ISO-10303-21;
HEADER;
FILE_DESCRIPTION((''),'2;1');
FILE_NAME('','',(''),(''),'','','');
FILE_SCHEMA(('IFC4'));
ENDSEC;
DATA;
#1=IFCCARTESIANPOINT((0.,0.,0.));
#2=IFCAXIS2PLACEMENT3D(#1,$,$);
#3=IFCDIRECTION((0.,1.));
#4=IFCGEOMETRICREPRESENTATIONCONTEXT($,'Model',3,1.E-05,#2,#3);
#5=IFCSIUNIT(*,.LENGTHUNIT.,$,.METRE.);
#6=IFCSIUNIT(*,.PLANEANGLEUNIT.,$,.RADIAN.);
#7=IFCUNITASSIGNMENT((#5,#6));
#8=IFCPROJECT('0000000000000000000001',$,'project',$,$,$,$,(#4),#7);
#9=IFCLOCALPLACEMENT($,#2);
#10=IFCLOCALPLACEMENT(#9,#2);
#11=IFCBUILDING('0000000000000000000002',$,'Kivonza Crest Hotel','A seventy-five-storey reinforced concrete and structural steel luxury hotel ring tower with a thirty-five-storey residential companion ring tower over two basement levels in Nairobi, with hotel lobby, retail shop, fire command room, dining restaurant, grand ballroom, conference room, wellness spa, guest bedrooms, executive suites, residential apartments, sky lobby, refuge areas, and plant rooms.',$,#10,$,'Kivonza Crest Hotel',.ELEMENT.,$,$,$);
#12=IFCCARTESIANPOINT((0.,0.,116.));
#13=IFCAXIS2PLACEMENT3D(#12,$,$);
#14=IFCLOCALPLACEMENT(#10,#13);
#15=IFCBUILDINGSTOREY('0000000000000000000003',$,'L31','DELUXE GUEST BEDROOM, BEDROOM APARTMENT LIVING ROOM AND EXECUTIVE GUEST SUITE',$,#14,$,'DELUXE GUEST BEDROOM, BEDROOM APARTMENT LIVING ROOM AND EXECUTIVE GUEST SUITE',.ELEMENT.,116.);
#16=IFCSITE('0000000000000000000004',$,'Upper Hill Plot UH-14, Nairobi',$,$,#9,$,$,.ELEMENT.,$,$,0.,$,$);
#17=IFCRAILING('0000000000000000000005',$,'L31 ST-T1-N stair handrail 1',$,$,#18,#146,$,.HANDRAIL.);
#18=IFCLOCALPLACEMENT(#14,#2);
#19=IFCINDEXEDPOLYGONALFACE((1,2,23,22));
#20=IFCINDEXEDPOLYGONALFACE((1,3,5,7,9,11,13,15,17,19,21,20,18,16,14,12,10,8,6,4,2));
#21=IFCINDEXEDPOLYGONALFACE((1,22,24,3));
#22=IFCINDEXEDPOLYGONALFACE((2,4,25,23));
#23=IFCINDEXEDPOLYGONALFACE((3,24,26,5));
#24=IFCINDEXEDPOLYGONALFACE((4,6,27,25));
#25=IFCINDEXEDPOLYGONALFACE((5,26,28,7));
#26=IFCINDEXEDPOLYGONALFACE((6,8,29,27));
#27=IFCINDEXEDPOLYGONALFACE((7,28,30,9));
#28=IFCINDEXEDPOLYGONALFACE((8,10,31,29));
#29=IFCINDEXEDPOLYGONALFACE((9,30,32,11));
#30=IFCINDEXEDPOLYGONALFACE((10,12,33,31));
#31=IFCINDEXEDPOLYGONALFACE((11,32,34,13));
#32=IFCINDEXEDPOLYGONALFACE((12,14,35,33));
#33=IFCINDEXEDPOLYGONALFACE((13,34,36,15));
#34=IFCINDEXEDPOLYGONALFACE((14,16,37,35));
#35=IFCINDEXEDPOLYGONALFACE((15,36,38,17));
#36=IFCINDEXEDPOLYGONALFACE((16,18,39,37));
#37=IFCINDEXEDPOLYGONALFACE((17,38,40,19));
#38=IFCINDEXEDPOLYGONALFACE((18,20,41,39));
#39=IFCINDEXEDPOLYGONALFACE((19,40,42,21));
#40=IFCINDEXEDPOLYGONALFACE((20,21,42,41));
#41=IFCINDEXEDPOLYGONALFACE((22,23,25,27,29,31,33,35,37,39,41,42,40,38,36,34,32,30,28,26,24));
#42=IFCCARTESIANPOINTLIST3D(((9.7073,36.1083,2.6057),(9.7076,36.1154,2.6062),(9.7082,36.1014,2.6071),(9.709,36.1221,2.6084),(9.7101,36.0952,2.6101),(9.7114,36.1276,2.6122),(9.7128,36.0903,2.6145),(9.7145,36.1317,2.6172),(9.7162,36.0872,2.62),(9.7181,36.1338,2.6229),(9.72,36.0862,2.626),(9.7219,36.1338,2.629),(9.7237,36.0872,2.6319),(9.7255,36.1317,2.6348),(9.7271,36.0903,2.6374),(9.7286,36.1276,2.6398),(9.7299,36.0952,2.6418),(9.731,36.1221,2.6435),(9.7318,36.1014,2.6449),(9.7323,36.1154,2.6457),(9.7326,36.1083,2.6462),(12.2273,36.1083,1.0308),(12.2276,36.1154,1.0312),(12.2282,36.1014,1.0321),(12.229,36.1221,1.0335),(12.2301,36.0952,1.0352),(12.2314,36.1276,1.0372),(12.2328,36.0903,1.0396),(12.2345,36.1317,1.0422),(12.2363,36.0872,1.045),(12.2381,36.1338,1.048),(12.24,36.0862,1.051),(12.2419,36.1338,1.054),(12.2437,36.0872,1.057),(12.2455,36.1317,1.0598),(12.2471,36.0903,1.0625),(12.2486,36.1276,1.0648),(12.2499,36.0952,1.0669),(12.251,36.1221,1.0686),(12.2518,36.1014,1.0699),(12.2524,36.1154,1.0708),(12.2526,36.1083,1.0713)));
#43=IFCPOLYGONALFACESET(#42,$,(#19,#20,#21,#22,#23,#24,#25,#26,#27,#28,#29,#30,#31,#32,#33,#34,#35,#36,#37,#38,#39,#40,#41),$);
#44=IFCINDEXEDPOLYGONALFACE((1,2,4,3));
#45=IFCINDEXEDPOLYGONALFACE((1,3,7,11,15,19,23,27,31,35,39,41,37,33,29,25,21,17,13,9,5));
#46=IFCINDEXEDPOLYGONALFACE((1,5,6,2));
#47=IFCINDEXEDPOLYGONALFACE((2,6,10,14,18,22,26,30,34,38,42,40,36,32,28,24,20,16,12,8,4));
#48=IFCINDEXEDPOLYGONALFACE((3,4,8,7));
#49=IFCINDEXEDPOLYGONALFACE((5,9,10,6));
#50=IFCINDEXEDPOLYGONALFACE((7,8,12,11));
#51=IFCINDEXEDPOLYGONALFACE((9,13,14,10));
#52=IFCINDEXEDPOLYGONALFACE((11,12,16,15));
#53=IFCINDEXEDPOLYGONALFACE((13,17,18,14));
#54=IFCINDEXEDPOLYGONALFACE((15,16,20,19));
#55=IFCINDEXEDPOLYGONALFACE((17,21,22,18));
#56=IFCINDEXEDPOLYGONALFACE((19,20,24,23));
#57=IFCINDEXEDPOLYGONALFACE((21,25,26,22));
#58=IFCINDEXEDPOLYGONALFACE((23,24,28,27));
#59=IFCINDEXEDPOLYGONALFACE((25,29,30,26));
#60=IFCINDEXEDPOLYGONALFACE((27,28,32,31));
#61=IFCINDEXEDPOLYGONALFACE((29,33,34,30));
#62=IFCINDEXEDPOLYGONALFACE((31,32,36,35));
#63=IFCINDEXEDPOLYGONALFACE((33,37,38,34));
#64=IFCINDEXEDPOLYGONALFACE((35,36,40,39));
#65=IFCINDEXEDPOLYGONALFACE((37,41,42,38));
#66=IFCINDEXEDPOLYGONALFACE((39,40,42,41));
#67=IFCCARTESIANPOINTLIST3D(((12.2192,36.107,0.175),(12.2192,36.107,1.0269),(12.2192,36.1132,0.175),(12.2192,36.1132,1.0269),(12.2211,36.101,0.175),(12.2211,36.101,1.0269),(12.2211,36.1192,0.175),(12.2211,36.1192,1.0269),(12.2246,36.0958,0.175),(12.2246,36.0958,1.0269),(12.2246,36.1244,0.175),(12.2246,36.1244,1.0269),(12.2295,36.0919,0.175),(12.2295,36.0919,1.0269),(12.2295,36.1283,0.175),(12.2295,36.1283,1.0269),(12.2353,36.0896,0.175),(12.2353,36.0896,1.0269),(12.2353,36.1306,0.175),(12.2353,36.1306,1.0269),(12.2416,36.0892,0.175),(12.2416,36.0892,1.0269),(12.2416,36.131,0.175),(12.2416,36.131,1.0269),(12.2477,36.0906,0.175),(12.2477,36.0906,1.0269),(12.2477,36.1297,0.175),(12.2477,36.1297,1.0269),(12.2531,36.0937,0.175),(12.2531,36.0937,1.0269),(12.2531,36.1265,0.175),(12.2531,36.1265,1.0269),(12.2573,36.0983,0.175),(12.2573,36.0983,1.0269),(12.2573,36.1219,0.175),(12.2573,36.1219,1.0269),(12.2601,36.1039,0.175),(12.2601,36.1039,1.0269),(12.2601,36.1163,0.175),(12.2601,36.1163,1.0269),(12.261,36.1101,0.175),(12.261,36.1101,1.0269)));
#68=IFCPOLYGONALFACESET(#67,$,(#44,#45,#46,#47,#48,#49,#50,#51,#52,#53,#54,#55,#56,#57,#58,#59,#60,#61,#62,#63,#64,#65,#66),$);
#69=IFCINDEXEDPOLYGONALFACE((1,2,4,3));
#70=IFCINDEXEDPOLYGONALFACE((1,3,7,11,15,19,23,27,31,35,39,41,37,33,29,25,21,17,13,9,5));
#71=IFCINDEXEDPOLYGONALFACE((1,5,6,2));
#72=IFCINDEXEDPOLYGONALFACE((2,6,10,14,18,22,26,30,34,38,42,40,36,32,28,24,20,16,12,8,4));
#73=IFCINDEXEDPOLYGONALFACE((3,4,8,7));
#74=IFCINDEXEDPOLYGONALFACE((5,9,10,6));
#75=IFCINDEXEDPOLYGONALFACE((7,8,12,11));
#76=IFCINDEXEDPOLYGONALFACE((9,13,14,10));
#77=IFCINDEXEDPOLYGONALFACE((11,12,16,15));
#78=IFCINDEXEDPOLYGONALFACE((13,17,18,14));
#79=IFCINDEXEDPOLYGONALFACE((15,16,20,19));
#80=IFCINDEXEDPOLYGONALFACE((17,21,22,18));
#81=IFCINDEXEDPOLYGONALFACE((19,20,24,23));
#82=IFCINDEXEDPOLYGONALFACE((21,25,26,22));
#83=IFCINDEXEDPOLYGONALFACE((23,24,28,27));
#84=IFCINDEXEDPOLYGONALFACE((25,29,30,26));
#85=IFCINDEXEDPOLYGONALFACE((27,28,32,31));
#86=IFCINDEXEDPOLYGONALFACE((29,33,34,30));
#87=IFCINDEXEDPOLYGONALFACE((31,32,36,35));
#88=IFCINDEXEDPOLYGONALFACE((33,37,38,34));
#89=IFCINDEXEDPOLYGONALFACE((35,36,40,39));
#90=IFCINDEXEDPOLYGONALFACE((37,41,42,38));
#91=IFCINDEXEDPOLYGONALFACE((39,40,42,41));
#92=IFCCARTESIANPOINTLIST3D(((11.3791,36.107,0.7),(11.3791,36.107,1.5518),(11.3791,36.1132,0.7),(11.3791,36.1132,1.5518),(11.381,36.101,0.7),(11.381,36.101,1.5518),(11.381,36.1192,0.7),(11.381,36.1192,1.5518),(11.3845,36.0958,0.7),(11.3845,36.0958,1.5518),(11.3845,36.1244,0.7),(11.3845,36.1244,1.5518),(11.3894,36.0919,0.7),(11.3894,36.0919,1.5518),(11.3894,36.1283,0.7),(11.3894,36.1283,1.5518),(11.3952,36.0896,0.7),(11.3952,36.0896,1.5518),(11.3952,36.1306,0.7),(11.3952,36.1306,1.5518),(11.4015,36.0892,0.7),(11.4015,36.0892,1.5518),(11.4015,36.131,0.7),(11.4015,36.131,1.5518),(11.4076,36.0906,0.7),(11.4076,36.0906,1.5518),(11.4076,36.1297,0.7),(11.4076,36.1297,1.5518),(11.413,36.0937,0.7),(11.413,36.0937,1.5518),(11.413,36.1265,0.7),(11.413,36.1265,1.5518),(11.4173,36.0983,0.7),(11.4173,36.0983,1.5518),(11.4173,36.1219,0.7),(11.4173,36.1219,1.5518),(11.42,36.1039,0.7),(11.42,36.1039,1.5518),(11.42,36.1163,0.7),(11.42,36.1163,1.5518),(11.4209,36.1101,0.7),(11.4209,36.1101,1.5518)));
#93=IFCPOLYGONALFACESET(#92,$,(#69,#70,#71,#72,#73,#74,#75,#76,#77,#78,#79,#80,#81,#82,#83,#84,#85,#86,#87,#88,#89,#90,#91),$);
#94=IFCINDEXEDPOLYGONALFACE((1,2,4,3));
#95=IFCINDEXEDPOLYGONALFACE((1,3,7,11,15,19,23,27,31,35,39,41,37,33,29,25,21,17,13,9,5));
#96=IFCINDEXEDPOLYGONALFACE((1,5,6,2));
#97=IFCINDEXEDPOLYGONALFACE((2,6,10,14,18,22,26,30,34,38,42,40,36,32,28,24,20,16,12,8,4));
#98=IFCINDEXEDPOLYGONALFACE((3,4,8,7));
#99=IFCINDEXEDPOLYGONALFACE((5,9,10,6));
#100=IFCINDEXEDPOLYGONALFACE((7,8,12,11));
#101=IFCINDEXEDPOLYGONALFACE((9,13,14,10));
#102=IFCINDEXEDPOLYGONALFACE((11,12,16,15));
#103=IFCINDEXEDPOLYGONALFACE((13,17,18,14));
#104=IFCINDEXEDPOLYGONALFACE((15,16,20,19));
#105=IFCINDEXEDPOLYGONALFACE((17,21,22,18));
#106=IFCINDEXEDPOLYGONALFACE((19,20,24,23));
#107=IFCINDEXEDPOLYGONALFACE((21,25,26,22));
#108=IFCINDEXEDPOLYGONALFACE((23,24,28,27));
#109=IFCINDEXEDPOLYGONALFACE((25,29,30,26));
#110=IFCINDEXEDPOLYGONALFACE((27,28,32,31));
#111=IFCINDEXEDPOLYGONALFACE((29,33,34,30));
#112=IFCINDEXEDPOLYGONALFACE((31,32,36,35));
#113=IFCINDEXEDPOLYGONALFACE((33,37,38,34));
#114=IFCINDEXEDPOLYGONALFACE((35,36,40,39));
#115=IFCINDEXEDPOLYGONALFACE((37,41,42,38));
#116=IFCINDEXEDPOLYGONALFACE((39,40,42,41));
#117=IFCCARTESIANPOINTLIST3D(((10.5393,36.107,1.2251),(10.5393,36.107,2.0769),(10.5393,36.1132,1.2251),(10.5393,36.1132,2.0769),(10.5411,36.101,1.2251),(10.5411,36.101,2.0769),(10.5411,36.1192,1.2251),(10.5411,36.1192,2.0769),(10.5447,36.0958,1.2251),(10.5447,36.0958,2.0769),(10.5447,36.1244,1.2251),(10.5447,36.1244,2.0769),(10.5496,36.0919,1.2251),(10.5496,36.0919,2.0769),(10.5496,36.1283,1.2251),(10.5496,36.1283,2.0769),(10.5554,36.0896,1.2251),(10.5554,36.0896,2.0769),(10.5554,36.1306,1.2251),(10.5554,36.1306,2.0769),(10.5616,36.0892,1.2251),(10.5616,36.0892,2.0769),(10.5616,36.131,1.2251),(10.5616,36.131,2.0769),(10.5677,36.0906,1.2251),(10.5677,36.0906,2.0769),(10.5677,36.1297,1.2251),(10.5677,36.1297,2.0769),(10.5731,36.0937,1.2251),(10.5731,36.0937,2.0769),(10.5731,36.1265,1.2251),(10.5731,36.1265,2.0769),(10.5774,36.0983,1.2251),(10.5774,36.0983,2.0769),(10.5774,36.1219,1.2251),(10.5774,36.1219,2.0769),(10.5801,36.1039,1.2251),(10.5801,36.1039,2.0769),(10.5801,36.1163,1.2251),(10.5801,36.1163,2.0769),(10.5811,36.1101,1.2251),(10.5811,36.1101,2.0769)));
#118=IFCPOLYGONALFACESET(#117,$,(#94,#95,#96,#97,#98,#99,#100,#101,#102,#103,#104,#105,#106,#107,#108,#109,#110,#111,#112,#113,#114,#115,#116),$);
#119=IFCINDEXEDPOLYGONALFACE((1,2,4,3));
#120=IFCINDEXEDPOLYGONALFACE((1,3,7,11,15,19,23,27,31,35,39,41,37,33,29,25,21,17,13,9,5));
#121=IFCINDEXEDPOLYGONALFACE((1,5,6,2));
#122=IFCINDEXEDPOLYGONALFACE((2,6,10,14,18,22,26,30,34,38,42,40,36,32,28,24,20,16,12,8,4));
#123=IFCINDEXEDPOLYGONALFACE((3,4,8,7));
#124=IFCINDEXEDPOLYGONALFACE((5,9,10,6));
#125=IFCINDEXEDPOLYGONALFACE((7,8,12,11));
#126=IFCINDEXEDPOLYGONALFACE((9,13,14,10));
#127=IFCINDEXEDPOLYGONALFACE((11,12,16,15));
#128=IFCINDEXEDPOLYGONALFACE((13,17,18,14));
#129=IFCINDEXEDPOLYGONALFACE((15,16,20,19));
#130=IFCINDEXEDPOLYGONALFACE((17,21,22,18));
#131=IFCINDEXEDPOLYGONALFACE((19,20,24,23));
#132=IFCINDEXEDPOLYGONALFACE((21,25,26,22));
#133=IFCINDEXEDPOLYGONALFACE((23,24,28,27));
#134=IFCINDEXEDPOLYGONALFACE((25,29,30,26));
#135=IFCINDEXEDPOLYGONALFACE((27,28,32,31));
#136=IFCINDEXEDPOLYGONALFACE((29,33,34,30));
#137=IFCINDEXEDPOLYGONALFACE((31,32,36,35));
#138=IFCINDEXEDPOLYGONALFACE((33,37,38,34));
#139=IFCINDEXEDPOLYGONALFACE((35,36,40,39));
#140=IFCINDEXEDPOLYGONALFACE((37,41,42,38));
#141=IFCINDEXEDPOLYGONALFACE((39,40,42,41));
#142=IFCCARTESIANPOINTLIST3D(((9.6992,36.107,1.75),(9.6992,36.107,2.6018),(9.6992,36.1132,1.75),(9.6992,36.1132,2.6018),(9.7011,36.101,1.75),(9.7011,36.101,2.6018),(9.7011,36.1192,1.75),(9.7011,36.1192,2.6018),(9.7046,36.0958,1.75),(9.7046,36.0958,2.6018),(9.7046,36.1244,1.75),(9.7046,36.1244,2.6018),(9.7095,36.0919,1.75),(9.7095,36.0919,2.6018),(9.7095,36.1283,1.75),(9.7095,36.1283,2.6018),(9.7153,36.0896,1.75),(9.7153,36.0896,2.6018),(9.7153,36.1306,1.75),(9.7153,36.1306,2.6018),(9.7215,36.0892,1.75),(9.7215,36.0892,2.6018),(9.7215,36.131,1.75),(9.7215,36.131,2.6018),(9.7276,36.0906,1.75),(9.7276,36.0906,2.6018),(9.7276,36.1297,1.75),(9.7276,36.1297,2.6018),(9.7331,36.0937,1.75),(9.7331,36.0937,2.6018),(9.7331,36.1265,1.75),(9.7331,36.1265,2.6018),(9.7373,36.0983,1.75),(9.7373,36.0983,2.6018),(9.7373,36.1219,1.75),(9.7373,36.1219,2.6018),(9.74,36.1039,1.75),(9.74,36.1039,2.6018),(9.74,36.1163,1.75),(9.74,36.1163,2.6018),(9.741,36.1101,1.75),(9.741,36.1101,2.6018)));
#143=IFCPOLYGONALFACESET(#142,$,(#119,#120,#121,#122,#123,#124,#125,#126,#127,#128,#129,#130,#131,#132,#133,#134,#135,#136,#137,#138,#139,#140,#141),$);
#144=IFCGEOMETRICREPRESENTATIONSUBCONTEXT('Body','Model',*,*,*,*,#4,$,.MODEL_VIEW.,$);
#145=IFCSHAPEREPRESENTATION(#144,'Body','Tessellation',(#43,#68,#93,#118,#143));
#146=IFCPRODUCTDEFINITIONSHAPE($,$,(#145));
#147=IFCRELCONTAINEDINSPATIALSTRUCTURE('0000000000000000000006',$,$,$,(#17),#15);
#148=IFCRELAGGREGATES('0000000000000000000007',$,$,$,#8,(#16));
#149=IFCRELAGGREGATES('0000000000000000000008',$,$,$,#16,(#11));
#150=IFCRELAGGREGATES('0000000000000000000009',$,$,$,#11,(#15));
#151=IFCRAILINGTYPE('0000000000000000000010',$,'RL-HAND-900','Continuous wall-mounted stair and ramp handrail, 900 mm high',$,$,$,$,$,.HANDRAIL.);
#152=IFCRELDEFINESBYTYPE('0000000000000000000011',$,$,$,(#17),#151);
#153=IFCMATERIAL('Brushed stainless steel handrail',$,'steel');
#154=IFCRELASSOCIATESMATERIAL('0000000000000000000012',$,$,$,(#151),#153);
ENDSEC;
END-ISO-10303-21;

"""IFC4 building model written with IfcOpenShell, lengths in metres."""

from ifc_helpers import new_model, si_unit, direction, frame, origin, origin_2d, place, context, subcontext, project, spatial, circle, extrude, material, type_object, element, save


model = new_model("IFC4")

# Units and contexts
model_context = context("Model", 3, precision=1e-05, world=origin(), true_north=direction((0.0, 1.0)))
body_context = subcontext(model_context, "Body", "Model", "MODEL_VIEW")
ifc_project = project(units=[si_unit("LENGTHUNIT", "METRE"), si_unit("PLANEANGLEUNIT", "RADIAN")], contexts=[model_context])

# Site, building, storey
site_placement = place(None, origin())
site = spatial("IfcSite", under=ifc_project, at=site_placement, Name="Upper Hill Plot UH-14, Nairobi", CompositionType="ELEMENT", RefElevation=0.0)
building_placement = place(site_placement, origin())
building = spatial("IfcBuilding", under=site, at=building_placement, Name="Kivonza Crest Hotel", Description="A seventy-five-storey reinforced concrete and structural steel luxury hotel ring tower with a thirty-five-storey residential companion ring tower over two basement levels in Nairobi, with hotel lobby, retail shop, fire command room, dining restaurant, grand ballroom, conference room, wellness spa, guest bedrooms, executive suites, residential apartments, sky lobby, refuge areas, and plant rooms.", LongName="Kivonza Crest Hotel", CompositionType="ELEMENT")
storey_placement = place(building_placement, frame((0.0, 0.0, 116.0)))
storey = spatial("IfcBuildingStorey", under=building, at=storey_placement, Name="L31", Description="DELUXE GUEST BEDROOM, BEDROOM APARTMENT LIVING ROOM AND EXECUTIVE GUEST SUITE", LongName="DELUXE GUEST BEDROOM, BEDROOM APARTMENT LIVING ROOM AND EXECUTIVE GUEST SUITE", CompositionType="ELEMENT", Elevation=116.0)

# Railing
ifc_material_1 = material(Name="Brushed stainless steel handrail", Category="steel")
railing_type_1 = type_object("IfcRailingType", Name="RL-HAND-900", Description="Continuous wall-mounted stair and ramp handrail, 900 mm high", PredefinedType="HANDRAIL", material=ifc_material_1)
railing_1_placement = place(storey_placement, frame((12.24, 36.1101, 0.175)))
element("IfcRailing", 1, at=railing_1_placement, inside=storey, type_object=railing_type_1, Name="L31 ST-T1-N stair handrail 1", PredefinedType="HANDRAIL", context=body_context, shape_type="SweptSolid", body=[
    extrude(circle(Radius=0.0239, at=origin_2d()), frame((0.0, 0.0, 0.876), z_axis=(-0.848008, 0.0, 0.529984), x_axis=(0.0, -1.0, 0.0)), (0.0, 0.0, 1.0), 2.9717),
    extrude(circle(Radius=0.021, at=origin_2d()), origin(), (0.0, 0.0, 1.0), 0.8518),
    extrude(circle(Radius=0.021, at=origin_2d()), frame((-0.8401, 0.0, 0.5249)), (0.0, 0.0, 1.0), 0.8518),
    extrude(circle(Radius=0.021, at=origin_2d()), frame((-1.6799, 0.0, 1.05)), (0.0, 0.0, 1.0), 0.8518),
    extrude(circle(Radius=0.021, at=origin_2d()), frame((-2.52, 0.0, 1.575)), (0.0, 0.0, 1.0), 0.8518),
])

save(model, "model.ifc")
